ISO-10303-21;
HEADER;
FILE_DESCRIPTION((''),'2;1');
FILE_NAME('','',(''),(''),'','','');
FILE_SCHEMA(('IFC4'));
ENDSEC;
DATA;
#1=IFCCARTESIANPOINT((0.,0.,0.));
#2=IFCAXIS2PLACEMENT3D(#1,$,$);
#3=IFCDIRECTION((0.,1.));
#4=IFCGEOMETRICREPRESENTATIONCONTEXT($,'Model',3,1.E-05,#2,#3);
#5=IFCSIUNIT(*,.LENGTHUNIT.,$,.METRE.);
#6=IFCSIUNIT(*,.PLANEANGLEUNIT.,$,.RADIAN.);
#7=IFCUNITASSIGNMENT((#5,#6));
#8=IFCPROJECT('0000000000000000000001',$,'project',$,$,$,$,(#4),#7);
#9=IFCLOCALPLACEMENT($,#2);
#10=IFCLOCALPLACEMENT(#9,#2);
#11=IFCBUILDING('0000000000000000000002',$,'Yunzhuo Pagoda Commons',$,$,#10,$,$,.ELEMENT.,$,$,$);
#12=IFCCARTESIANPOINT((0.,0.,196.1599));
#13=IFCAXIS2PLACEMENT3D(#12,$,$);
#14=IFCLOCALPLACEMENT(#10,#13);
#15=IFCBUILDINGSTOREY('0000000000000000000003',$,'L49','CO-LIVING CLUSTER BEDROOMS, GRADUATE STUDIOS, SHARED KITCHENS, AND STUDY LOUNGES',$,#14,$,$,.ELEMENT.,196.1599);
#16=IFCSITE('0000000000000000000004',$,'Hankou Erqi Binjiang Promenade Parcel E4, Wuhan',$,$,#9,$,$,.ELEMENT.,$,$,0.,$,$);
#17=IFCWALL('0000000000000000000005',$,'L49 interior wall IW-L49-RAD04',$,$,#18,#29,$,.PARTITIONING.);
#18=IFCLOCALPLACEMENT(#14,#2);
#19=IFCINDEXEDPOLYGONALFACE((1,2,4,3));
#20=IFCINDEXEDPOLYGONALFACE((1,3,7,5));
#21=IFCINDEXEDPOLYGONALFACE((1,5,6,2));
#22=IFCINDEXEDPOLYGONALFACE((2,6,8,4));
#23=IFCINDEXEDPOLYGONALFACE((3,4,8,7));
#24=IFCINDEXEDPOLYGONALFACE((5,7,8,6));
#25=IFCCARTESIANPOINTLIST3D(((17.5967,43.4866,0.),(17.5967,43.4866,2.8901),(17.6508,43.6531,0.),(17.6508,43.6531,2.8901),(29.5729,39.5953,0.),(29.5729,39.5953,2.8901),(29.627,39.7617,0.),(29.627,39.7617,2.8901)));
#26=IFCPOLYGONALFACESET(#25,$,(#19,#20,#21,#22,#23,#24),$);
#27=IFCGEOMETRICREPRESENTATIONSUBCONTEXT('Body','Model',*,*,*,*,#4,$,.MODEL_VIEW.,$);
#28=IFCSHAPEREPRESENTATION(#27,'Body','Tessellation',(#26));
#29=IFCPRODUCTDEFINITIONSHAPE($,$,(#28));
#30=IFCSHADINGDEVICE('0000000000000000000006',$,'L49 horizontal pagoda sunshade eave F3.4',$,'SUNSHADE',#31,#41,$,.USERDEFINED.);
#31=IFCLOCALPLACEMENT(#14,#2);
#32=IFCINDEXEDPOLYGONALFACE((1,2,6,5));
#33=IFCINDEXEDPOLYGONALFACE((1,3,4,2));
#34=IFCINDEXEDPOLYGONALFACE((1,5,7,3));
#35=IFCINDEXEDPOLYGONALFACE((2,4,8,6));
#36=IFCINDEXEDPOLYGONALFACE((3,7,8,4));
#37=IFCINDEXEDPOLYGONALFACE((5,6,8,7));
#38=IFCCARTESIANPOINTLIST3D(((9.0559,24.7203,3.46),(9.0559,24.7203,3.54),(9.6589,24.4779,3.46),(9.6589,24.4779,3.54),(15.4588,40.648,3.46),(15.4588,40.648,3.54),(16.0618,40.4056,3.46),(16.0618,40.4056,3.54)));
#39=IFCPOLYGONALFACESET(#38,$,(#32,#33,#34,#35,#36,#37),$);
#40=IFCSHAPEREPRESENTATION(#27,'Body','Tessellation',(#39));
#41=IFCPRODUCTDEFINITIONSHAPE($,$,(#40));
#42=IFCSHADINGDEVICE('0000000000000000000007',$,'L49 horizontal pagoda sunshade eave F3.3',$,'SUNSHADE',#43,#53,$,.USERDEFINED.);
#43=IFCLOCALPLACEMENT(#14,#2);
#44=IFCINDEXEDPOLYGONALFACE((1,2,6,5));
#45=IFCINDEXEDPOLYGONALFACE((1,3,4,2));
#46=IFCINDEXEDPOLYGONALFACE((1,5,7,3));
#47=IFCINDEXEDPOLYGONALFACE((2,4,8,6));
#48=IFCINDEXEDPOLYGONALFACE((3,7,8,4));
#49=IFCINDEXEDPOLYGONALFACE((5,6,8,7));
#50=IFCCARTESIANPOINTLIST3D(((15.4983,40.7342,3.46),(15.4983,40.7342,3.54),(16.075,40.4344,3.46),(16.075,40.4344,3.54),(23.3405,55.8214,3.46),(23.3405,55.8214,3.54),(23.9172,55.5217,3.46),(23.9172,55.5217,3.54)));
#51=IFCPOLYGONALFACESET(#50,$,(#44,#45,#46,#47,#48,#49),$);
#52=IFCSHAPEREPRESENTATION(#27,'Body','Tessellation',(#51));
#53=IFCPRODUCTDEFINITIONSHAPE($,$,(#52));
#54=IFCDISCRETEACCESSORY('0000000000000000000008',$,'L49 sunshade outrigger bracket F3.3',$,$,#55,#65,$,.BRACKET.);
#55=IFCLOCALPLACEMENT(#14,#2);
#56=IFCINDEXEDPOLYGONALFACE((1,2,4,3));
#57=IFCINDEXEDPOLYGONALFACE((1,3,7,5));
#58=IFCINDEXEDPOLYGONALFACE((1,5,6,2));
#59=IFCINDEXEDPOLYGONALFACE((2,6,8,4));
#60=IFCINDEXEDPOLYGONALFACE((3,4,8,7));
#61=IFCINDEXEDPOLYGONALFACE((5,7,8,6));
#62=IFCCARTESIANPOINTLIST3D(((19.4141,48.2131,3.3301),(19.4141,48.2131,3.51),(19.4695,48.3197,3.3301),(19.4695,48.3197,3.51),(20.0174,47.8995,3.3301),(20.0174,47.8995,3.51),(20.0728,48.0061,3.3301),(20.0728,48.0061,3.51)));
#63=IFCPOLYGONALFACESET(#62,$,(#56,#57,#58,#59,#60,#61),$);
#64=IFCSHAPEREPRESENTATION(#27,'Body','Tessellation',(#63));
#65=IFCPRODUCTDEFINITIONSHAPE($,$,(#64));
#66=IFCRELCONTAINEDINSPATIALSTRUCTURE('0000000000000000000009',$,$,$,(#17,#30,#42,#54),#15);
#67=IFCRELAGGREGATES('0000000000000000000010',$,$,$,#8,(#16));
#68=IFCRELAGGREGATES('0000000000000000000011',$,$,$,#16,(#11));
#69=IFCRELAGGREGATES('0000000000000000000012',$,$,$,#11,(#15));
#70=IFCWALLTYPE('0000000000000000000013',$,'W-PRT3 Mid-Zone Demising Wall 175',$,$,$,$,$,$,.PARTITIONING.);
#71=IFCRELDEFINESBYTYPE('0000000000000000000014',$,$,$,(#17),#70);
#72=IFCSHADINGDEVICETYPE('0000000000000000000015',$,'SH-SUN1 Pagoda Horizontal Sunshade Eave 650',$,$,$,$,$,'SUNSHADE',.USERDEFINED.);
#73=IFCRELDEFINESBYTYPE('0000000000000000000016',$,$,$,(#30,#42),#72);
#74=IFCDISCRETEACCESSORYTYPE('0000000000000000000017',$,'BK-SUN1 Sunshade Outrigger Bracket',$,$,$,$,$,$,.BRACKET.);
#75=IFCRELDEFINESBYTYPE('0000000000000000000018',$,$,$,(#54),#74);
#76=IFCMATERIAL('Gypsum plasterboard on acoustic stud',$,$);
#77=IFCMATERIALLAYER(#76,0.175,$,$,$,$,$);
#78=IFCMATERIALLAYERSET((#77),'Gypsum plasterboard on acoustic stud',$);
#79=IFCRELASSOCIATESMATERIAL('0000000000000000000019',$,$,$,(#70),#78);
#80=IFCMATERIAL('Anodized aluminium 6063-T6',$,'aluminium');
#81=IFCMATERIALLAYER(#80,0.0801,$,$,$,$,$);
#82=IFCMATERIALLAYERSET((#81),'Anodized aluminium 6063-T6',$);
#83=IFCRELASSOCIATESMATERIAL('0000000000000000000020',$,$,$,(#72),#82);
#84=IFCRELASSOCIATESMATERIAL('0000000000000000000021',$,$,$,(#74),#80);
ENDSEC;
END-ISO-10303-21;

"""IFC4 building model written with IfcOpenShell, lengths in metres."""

from ifc_helpers import new_model, si_unit, direction, frame, frame_2d, origin, origin_2d, place, context, subcontext, project, spatial, rectangle, extrude, source, transform, mapped, material, layer, layer_set, type_object, element, save


model = new_model("IFC4")

# Units and contexts
model_context = context("Model", 3, precision=1e-05, world=origin(), true_north=direction((0.0, 1.0)))
body_context = subcontext(model_context, "Body", "Model", "MODEL_VIEW")
ifc_project = project(units=[si_unit("LENGTHUNIT", "METRE"), si_unit("PLANEANGLEUNIT", "RADIAN")], contexts=[model_context])

# Site, building, storey
site_placement = place(None, origin())
site = spatial("IfcSite", under=ifc_project, at=site_placement, Name="Hankou Erqi Binjiang Promenade Parcel E4, Wuhan", CompositionType="ELEMENT", RefElevation=0.0)
building_placement = place(site_placement, origin())
building = spatial("IfcBuilding", under=site, at=building_placement, Name="Yunzhuo Pagoda Commons", CompositionType="ELEMENT")
storey_placement = place(building_placement, frame((0.0, 0.0, 196.1599)))
storey = spatial("IfcBuildingStorey", under=building, at=storey_placement, Name="L49", Description="CO-LIVING CLUSTER BEDROOMS, GRADUATE STUDIOS, SHARED KITCHENS, AND STUDY LOUNGES", CompositionType="ELEMENT", Elevation=196.1599)

# Shared definitions
ifc_material_1 = material(Name="Anodized aluminium 6063-T6", Category="aluminium")

# Shared definitions
ifc_material_2 = material(Name="Gypsum plasterboard on acoustic stud")

# Wall
ifc_layer_1 = layer(ifc_material_2, 0.175)
ifc_layer_set_1 = layer_set([ifc_layer_1], Name="Gypsum plasterboard on acoustic stud")
wall_type_1 = type_object("IfcWallType", Name="W-PRT3 Mid-Zone Demising Wall 175", PredefinedType="PARTITIONING", material=ifc_layer_set_1)
wall_1_placement = place(storey_placement, frame((29.6001, 39.6785, 0.0), z_axis=(0.0, 0.0, 1.0), x_axis=(-0.951056, 0.309018, 0.0)))
element("IfcWall", 1, at=wall_1_placement, inside=storey, type_object=wall_type_1, Name="L49 interior wall IW-L49-RAD04", PredefinedType="PARTITIONING", context=body_context, shape_type="SweptSolid", body=[
    extrude(rectangle(XDim=12.5925, YDim=0.175, at=frame_2d((6.2964, 0.0))), origin(), (0.0, 0.0, 1.0), 2.8901),
])

# Shading devices
ifc_layer_2 = layer(ifc_material_1, 0.0801)
ifc_layer_set_2 = layer_set([ifc_layer_2], Name="Anodized aluminium 6063-T6")
shading_device_type = type_object("IfcShadingDeviceType", Name="SH-SUN1 Pagoda Horizontal Sunshade Eave 650", ElementType="SUNSHADE", PredefinedType="USERDEFINED", material=ifc_layer_set_2)
shared_shape_1 = source(origin(), body_context, "Body", "SweptSolid", [
    extrude(rectangle(XDim=17.1665, YDim=0.6499, at=origin_2d()), origin(), (0.0, 0.0, 1.0), 0.0801),
])
shading_device_1_placement = place(storey_placement, frame((12.5588, 32.563, 3.46), z_axis=(0.0, 0.0, 1.0), x_axis=(-0.372988, -0.927836, 0.0)))
element("IfcShadingDevice", 2, at=shading_device_1_placement, inside=storey, type_object=shading_device_type, Name="L49 horizontal pagoda sunshade eave F3.4", ObjectType="SUNSHADE", PredefinedType="USERDEFINED", context=body_context, shape_type="MappedRepresentation", body=[
    mapped(shared_shape_1, transform((0.0, 0.0, 0.0), scale=1.0)),
])
shared_shape_2 = source(origin(), body_context, "Body", "SweptSolid", [
    extrude(rectangle(XDim=17.0037, YDim=0.6499, at=origin_2d()), origin(), (0.0, 0.0, 1.0), 0.0801),
])
shading_device_2_placement = place(storey_placement, frame((19.7078, 48.1279, 3.46), z_axis=(0.0, 0.0, 1.0), x_axis=(-0.461207, -0.887293, 0.0)))
element("IfcShadingDevice", 3, at=shading_device_2_placement, inside=storey, type_object=shading_device_type, Name="L49 horizontal pagoda sunshade eave F3.3", ObjectType="SUNSHADE", PredefinedType="USERDEFINED", context=body_context, shape_type="MappedRepresentation", body=[
    mapped(shared_shape_2, transform((0.0, 0.0, 0.0), scale=1.0)),
])

# Discrete accessory
discrete_accessory_type = type_object("IfcDiscreteAccessoryType", Name="BK-SUN1 Sunshade Outrigger Bracket", PredefinedType="BRACKET", material=ifc_material_1)
shared_shape_3 = source(origin(), body_context, "Body", "SweptSolid", [
    extrude(rectangle(XDim=0.1201, YDim=0.6799, at=origin_2d()), origin(), (0.0, 0.0, 1.0), 0.1799),
])
discrete_accessory_placement = place(storey_placement, frame((19.7434, 48.1096, 3.3301), z_axis=(0.0, 0.0, 1.0), x_axis=(-0.461207, -0.887293, 0.0)))
element("IfcDiscreteAccessory", 4, at=discrete_accessory_placement, inside=storey, type_object=discrete_accessory_type, Name="L49 sunshade outrigger bracket F3.3", PredefinedType="BRACKET", context=body_context, shape_type="MappedRepresentation", body=[
    mapped(shared_shape_3, transform((0.0, 0.0, 0.0), scale=1.0)),
])

save(model, "model.ifc")
